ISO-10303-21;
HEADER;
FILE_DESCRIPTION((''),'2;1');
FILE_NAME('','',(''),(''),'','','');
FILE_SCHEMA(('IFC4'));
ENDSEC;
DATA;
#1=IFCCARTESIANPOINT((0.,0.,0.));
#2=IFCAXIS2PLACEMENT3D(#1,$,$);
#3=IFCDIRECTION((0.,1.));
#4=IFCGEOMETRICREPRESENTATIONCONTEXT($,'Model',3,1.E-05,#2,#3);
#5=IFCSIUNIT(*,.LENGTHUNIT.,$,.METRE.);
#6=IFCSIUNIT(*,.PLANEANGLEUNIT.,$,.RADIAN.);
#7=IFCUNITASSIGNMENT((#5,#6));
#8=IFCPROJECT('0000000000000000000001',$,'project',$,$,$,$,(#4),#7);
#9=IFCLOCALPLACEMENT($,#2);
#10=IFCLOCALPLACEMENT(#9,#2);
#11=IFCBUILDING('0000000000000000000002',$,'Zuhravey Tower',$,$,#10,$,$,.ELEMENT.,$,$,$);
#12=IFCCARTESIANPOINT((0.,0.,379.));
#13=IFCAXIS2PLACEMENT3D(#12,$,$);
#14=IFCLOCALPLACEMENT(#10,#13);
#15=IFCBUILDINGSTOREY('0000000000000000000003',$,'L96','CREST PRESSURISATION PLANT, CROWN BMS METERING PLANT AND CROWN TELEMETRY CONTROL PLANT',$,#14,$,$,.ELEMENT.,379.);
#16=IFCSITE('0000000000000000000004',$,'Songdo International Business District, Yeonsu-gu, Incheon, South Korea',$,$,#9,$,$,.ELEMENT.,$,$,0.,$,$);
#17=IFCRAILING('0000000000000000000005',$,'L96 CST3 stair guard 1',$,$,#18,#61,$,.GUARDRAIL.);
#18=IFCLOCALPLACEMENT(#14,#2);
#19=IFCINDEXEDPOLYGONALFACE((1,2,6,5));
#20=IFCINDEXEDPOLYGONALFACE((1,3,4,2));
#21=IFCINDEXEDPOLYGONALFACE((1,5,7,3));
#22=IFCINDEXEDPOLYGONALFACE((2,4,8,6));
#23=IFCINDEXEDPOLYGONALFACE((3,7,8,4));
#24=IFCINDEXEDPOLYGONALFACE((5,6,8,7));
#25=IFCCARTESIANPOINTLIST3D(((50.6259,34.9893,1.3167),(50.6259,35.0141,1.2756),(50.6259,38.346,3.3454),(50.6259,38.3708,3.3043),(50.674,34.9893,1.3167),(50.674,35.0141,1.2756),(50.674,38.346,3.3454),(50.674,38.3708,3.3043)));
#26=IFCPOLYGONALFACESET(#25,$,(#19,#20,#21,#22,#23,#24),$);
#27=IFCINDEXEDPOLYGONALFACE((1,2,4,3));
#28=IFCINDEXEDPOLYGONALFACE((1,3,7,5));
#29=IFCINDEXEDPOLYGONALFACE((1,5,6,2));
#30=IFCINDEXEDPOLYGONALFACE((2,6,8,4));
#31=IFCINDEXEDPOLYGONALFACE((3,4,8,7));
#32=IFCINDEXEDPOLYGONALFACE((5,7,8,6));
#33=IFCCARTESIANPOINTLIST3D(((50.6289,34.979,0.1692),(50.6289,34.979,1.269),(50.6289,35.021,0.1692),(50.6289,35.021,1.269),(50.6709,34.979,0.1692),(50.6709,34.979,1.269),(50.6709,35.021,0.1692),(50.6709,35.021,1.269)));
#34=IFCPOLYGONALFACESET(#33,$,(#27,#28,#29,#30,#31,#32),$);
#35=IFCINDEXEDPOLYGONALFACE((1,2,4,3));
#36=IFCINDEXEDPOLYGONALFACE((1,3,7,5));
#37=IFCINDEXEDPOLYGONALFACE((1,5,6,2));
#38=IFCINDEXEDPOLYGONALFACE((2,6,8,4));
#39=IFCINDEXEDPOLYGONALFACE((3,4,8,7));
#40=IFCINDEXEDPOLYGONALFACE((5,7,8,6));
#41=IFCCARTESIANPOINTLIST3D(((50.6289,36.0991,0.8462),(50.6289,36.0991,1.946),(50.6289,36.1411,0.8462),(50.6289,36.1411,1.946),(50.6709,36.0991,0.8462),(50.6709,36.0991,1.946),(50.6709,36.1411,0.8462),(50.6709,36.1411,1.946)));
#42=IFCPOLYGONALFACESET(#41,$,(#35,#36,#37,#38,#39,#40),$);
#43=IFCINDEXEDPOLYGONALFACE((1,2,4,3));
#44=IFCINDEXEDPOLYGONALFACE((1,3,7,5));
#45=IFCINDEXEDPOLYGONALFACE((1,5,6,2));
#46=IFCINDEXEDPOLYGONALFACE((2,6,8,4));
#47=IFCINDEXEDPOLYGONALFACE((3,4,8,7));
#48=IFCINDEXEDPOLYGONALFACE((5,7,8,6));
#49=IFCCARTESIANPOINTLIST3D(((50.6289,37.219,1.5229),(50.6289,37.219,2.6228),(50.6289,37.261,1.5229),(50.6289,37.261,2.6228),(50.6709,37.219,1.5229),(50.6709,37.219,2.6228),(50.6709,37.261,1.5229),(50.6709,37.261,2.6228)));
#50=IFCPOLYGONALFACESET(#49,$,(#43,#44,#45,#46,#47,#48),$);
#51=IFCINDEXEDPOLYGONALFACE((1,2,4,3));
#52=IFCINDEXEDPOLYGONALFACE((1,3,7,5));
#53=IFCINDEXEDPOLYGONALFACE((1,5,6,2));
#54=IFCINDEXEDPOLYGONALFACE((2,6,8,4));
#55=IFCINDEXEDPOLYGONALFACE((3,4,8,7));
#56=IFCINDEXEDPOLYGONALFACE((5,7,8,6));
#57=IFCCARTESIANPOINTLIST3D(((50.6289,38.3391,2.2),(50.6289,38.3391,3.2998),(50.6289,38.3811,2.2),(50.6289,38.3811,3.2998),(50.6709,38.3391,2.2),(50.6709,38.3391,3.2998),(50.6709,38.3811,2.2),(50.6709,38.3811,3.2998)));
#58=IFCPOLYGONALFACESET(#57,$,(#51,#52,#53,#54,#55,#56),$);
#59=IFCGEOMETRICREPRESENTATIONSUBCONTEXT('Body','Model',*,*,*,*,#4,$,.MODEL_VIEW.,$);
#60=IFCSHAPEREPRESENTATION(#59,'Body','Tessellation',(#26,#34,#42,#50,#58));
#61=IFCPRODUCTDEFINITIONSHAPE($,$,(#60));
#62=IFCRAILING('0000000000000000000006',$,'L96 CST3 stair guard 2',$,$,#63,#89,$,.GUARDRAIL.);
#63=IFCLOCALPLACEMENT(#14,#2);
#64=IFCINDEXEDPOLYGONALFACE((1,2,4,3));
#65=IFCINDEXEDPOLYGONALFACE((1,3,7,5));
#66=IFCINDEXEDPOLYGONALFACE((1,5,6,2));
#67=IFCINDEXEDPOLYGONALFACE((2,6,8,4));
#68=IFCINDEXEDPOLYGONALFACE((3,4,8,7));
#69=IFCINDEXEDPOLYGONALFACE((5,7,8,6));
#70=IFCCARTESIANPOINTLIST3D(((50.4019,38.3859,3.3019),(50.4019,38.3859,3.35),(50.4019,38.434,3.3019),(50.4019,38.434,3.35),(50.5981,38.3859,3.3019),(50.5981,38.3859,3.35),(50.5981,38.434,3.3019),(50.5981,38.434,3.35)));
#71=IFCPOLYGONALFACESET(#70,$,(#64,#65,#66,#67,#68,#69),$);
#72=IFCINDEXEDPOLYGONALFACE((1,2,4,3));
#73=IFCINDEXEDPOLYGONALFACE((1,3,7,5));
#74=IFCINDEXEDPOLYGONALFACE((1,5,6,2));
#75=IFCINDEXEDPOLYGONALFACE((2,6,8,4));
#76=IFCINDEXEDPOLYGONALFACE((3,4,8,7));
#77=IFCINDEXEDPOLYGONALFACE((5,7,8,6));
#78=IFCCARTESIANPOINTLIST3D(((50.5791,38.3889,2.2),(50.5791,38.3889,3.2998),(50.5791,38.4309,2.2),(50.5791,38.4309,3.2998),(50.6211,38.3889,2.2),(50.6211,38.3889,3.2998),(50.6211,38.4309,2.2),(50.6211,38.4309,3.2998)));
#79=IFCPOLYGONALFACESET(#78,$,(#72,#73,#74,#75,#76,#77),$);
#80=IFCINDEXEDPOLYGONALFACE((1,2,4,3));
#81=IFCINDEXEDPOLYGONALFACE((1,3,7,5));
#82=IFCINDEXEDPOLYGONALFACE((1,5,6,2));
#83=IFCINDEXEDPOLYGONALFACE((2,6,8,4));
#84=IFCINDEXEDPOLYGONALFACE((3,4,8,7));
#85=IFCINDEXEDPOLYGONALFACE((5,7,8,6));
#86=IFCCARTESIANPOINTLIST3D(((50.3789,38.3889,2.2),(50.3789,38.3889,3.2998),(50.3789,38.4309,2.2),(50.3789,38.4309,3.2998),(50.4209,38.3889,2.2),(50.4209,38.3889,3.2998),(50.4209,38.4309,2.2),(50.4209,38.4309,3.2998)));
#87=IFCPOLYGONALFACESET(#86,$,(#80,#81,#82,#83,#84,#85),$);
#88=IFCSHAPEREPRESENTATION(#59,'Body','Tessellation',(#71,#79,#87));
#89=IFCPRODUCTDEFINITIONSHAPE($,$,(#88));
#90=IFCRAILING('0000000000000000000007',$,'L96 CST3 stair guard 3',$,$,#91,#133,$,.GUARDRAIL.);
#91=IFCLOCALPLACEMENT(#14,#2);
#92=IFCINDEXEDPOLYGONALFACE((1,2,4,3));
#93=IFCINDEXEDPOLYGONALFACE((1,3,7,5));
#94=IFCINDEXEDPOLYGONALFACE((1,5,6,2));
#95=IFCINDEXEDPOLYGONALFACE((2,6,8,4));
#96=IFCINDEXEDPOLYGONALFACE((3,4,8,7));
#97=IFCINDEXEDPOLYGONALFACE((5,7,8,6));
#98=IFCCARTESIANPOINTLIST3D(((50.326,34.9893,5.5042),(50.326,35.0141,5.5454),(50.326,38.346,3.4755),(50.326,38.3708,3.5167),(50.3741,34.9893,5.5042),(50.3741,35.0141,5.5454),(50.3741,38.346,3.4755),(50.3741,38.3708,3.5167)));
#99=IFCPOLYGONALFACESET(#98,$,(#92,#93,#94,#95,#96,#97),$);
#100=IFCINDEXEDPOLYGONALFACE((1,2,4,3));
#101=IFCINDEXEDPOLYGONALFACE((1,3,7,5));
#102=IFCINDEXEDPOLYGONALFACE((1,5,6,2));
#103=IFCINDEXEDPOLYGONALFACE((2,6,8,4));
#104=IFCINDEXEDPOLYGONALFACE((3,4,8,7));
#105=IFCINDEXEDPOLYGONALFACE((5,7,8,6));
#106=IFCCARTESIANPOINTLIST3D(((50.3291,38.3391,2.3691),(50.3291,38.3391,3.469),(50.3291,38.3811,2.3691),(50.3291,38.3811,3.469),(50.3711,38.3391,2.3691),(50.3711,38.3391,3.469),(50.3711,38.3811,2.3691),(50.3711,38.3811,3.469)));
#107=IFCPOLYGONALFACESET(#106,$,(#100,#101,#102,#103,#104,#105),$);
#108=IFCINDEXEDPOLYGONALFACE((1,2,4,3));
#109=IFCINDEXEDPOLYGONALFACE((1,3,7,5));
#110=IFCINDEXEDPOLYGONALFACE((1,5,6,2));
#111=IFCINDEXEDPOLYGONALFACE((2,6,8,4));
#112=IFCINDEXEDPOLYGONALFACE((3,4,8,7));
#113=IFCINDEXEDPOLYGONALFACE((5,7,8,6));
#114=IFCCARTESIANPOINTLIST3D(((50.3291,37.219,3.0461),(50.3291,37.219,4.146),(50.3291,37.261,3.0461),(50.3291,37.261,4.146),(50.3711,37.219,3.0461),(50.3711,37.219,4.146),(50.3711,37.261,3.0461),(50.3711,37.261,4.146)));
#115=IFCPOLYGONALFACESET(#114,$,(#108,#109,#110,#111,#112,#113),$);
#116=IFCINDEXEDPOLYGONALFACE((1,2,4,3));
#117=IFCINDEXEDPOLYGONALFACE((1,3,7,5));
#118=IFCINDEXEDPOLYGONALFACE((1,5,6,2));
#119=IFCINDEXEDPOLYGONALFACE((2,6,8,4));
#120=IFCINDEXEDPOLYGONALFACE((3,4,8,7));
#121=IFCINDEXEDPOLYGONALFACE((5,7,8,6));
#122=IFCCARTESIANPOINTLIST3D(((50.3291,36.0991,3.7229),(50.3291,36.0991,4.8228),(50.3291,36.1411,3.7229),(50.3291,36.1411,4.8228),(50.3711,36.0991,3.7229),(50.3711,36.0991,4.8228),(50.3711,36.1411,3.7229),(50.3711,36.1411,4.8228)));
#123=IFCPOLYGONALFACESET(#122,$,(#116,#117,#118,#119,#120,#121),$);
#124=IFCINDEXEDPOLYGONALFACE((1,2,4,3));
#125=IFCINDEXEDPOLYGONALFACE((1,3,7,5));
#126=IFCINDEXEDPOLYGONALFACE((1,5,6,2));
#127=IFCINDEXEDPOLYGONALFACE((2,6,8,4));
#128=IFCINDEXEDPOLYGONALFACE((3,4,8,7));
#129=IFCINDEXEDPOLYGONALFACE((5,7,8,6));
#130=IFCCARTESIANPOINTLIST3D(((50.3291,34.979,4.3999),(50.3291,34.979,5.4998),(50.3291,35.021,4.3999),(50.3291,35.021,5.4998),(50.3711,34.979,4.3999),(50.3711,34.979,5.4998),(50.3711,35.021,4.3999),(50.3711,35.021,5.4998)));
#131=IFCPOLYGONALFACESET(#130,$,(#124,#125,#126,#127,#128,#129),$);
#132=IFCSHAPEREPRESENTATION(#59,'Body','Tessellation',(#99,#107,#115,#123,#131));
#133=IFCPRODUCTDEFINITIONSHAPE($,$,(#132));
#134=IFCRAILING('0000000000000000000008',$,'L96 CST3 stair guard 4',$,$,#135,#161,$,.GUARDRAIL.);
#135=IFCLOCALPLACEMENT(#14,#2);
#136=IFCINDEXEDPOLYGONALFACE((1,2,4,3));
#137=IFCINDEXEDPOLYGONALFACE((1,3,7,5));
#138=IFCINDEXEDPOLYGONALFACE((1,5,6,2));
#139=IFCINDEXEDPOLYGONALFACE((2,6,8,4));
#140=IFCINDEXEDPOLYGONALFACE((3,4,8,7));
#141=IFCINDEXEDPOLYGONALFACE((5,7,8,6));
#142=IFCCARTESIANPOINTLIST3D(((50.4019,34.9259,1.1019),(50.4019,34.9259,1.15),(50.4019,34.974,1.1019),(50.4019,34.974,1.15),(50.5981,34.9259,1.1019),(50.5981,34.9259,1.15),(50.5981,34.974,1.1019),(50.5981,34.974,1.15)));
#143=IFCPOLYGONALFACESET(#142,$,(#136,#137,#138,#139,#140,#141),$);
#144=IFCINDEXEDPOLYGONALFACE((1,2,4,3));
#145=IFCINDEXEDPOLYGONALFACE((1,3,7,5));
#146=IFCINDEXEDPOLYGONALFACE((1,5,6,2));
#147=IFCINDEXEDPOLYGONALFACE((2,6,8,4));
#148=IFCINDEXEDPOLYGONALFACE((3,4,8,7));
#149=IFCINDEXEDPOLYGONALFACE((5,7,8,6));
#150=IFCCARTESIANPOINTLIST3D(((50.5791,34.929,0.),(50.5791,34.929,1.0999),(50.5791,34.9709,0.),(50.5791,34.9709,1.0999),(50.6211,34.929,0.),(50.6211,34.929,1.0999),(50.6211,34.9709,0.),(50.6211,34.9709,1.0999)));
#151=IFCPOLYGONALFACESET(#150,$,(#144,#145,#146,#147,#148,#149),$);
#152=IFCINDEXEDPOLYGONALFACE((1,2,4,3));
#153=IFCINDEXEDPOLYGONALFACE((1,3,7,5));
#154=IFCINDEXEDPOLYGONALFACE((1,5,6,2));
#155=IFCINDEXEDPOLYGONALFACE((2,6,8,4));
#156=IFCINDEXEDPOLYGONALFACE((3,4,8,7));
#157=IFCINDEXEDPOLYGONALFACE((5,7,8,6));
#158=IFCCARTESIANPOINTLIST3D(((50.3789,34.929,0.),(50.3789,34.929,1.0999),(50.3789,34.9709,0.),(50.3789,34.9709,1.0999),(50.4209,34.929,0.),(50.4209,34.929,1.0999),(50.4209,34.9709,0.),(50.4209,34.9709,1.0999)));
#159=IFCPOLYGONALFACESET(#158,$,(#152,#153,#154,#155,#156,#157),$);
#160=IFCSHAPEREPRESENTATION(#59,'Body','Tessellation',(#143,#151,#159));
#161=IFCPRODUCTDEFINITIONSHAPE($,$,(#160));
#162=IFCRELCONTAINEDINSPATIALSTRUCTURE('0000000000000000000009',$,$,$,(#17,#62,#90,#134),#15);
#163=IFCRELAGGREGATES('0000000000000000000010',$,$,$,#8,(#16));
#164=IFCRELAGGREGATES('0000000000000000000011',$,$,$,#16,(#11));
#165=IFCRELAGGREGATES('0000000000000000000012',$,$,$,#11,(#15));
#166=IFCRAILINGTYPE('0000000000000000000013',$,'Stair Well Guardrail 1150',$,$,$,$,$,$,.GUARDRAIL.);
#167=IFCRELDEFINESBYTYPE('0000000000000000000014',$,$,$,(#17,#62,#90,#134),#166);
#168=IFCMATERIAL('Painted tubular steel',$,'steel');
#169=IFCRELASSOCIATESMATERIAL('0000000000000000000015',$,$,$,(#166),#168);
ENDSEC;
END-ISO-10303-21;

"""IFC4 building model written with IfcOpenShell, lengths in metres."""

from ifc_helpers import new_model, si_unit, direction, frame, origin, origin_2d, place, context, subcontext, project, spatial, rectangle, extrude, material, type_object, element, save


model = new_model("IFC4")

# Units and contexts
model_context = context("Model", 3, precision=1e-05, world=origin(), true_north=direction((0.0, 1.0)))
body_context = subcontext(model_context, "Body", "Model", "MODEL_VIEW")
ifc_project = project(units=[si_unit("LENGTHUNIT", "METRE"), si_unit("PLANEANGLEUNIT", "RADIAN")], contexts=[model_context])

# Site, building, storey
site_placement = place(None, origin())
site = spatial("IfcSite", under=ifc_project, at=site_placement, Name="Songdo International Business District, Yeonsu-gu, Incheon, South Korea", CompositionType="ELEMENT", RefElevation=0.0)
building_placement = place(site_placement, origin())
building = spatial("IfcBuilding", under=site, at=building_placement, Name="Zuhravey Tower", CompositionType="ELEMENT")
storey_placement = place(building_placement, frame((0.0, 0.0, 379.0)))
storey = spatial("IfcBuildingStorey", under=building, at=storey_placement, Name="L96", Description="CREST PRESSURISATION PLANT, CROWN BMS METERING PLANT AND CROWN TELEMETRY CONTROL PLANT", CompositionType="ELEMENT", Elevation=379.0)

# Railings
ifc_material_1 = material(Name="Painted tubular steel", Category="steel")
railing_type_1 = type_object("IfcRailingType", Name="Stair Well Guardrail 1150", PredefinedType="GUARDRAIL", material=ifc_material_1)
railing_1_placement = place(storey_placement, frame((50.6499, 35.0, 0.1692)))
element("IfcRailing", 1, at=railing_1_placement, inside=storey, type_object=railing_type_1, Name="L96 CST3 stair guard 1", PredefinedType="GUARDRAIL", context=body_context, shape_type="SweptSolid", body=[
    extrude(rectangle(XDim=0.0481, YDim=0.0481, at=origin_2d()), frame((0.0, 0.0017, 1.127), z_axis=(0.0, 0.855837, 0.517246), x_axis=(-1.0, 0.0, 0.0)), (0.0, 0.0, 1.0), 3.9221),
    extrude(rectangle(XDim=0.042, YDim=0.042, at=origin_2d()), origin(), (0.0, 0.0, 1.0), 1.0999),
    extrude(rectangle(XDim=0.042, YDim=0.042, at=origin_2d()), frame((0.0, 1.1201, 0.677)), (0.0, 0.0, 1.0), 1.0999),
    extrude(rectangle(XDim=0.042, YDim=0.042, at=origin_2d()), frame((0.0, 2.24, 1.3538)), (0.0, 0.0, 1.0), 1.0999),
    extrude(rectangle(XDim=0.042, YDim=0.042, at=origin_2d()), frame((0.0, 3.3601, 2.0308)), (0.0, 0.0, 1.0), 1.0999),
])
railing_2_placement = place(storey_placement, frame((50.6001, 38.4099, 2.2)))
element("IfcRailing", 2, at=railing_2_placement, inside=storey, type_object=railing_type_1, Name="L96 CST3 stair guard 2", PredefinedType="GUARDRAIL", context=body_context, shape_type="SweptSolid", body=[
    extrude(rectangle(XDim=0.0481, YDim=0.0481, at=origin_2d()), frame((-0.002, 0.0, 1.126), z_axis=(-1.0, 0.0, 0.0), x_axis=(0.0, -1.0, 0.0)), (0.0, 0.0, 1.0), 0.1963),
    extrude(rectangle(XDim=0.042, YDim=0.042, at=origin_2d()), origin(), (0.0, 0.0, 1.0), 1.0999),
    extrude(rectangle(XDim=0.042, YDim=0.042, at=origin_2d()), frame((-0.2002, 0.0, 0.0)), (0.0, 0.0, 1.0), 1.0999),
])
railing_3_placement = place(storey_placement, frame((50.3501, 38.3601, 2.3691)))
element("IfcRailing", 3, at=railing_3_placement, inside=storey, type_object=railing_type_1, Name="L96 CST3 stair guard 3", PredefinedType="GUARDRAIL", context=body_context, shape_type="SweptSolid", body=[
    extrude(rectangle(XDim=0.0481, YDim=0.0481, at=origin_2d()), frame((0.0, -0.0017, 1.127), z_axis=(0.0, -0.855837, 0.517246), x_axis=(1.0, 0.0, 0.0)), (0.0, 0.0, 1.0), 3.9221),
    extrude(rectangle(XDim=0.042, YDim=0.042, at=origin_2d()), origin(), (0.0, 0.0, 1.0), 1.0999),
    extrude(rectangle(XDim=0.042, YDim=0.042, at=origin_2d()), frame((0.0, -1.1201, 0.677)), (0.0, 0.0, 1.0), 1.0999),
    extrude(rectangle(XDim=0.042, YDim=0.042, at=origin_2d()), frame((0.0, -2.24, 1.3538)), (0.0, 0.0, 1.0), 1.0999),
    extrude(rectangle(XDim=0.042, YDim=0.042, at=origin_2d()), frame((0.0, -3.3601, 2.0308)), (0.0, 0.0, 1.0), 1.0999),
])
railing_4_placement = place(storey_placement, frame((50.6001, 34.95, 0.0)))
element("IfcRailing", 4, at=railing_4_placement, inside=storey, type_object=railing_type_1, Name="L96 CST3 stair guard 4", PredefinedType="GUARDRAIL", context=body_context, shape_type="SweptSolid", body=[
    extrude(rectangle(XDim=0.0481, YDim=0.0481, at=origin_2d()), frame((-0.002, 0.0, 1.126), z_axis=(-1.0, 0.0, 0.0), x_axis=(0.0, -1.0, 0.0)), (0.0, 0.0, 1.0), 0.1963),
    extrude(rectangle(XDim=0.042, YDim=0.042, at=origin_2d()), origin(), (0.0, 0.0, 1.0), 1.0999),
    extrude(rectangle(XDim=0.042, YDim=0.042, at=origin_2d()), frame((-0.2002, 0.0, 0.0)), (0.0, 0.0, 1.0), 1.0999),
])

save(model, "model.ifc")
